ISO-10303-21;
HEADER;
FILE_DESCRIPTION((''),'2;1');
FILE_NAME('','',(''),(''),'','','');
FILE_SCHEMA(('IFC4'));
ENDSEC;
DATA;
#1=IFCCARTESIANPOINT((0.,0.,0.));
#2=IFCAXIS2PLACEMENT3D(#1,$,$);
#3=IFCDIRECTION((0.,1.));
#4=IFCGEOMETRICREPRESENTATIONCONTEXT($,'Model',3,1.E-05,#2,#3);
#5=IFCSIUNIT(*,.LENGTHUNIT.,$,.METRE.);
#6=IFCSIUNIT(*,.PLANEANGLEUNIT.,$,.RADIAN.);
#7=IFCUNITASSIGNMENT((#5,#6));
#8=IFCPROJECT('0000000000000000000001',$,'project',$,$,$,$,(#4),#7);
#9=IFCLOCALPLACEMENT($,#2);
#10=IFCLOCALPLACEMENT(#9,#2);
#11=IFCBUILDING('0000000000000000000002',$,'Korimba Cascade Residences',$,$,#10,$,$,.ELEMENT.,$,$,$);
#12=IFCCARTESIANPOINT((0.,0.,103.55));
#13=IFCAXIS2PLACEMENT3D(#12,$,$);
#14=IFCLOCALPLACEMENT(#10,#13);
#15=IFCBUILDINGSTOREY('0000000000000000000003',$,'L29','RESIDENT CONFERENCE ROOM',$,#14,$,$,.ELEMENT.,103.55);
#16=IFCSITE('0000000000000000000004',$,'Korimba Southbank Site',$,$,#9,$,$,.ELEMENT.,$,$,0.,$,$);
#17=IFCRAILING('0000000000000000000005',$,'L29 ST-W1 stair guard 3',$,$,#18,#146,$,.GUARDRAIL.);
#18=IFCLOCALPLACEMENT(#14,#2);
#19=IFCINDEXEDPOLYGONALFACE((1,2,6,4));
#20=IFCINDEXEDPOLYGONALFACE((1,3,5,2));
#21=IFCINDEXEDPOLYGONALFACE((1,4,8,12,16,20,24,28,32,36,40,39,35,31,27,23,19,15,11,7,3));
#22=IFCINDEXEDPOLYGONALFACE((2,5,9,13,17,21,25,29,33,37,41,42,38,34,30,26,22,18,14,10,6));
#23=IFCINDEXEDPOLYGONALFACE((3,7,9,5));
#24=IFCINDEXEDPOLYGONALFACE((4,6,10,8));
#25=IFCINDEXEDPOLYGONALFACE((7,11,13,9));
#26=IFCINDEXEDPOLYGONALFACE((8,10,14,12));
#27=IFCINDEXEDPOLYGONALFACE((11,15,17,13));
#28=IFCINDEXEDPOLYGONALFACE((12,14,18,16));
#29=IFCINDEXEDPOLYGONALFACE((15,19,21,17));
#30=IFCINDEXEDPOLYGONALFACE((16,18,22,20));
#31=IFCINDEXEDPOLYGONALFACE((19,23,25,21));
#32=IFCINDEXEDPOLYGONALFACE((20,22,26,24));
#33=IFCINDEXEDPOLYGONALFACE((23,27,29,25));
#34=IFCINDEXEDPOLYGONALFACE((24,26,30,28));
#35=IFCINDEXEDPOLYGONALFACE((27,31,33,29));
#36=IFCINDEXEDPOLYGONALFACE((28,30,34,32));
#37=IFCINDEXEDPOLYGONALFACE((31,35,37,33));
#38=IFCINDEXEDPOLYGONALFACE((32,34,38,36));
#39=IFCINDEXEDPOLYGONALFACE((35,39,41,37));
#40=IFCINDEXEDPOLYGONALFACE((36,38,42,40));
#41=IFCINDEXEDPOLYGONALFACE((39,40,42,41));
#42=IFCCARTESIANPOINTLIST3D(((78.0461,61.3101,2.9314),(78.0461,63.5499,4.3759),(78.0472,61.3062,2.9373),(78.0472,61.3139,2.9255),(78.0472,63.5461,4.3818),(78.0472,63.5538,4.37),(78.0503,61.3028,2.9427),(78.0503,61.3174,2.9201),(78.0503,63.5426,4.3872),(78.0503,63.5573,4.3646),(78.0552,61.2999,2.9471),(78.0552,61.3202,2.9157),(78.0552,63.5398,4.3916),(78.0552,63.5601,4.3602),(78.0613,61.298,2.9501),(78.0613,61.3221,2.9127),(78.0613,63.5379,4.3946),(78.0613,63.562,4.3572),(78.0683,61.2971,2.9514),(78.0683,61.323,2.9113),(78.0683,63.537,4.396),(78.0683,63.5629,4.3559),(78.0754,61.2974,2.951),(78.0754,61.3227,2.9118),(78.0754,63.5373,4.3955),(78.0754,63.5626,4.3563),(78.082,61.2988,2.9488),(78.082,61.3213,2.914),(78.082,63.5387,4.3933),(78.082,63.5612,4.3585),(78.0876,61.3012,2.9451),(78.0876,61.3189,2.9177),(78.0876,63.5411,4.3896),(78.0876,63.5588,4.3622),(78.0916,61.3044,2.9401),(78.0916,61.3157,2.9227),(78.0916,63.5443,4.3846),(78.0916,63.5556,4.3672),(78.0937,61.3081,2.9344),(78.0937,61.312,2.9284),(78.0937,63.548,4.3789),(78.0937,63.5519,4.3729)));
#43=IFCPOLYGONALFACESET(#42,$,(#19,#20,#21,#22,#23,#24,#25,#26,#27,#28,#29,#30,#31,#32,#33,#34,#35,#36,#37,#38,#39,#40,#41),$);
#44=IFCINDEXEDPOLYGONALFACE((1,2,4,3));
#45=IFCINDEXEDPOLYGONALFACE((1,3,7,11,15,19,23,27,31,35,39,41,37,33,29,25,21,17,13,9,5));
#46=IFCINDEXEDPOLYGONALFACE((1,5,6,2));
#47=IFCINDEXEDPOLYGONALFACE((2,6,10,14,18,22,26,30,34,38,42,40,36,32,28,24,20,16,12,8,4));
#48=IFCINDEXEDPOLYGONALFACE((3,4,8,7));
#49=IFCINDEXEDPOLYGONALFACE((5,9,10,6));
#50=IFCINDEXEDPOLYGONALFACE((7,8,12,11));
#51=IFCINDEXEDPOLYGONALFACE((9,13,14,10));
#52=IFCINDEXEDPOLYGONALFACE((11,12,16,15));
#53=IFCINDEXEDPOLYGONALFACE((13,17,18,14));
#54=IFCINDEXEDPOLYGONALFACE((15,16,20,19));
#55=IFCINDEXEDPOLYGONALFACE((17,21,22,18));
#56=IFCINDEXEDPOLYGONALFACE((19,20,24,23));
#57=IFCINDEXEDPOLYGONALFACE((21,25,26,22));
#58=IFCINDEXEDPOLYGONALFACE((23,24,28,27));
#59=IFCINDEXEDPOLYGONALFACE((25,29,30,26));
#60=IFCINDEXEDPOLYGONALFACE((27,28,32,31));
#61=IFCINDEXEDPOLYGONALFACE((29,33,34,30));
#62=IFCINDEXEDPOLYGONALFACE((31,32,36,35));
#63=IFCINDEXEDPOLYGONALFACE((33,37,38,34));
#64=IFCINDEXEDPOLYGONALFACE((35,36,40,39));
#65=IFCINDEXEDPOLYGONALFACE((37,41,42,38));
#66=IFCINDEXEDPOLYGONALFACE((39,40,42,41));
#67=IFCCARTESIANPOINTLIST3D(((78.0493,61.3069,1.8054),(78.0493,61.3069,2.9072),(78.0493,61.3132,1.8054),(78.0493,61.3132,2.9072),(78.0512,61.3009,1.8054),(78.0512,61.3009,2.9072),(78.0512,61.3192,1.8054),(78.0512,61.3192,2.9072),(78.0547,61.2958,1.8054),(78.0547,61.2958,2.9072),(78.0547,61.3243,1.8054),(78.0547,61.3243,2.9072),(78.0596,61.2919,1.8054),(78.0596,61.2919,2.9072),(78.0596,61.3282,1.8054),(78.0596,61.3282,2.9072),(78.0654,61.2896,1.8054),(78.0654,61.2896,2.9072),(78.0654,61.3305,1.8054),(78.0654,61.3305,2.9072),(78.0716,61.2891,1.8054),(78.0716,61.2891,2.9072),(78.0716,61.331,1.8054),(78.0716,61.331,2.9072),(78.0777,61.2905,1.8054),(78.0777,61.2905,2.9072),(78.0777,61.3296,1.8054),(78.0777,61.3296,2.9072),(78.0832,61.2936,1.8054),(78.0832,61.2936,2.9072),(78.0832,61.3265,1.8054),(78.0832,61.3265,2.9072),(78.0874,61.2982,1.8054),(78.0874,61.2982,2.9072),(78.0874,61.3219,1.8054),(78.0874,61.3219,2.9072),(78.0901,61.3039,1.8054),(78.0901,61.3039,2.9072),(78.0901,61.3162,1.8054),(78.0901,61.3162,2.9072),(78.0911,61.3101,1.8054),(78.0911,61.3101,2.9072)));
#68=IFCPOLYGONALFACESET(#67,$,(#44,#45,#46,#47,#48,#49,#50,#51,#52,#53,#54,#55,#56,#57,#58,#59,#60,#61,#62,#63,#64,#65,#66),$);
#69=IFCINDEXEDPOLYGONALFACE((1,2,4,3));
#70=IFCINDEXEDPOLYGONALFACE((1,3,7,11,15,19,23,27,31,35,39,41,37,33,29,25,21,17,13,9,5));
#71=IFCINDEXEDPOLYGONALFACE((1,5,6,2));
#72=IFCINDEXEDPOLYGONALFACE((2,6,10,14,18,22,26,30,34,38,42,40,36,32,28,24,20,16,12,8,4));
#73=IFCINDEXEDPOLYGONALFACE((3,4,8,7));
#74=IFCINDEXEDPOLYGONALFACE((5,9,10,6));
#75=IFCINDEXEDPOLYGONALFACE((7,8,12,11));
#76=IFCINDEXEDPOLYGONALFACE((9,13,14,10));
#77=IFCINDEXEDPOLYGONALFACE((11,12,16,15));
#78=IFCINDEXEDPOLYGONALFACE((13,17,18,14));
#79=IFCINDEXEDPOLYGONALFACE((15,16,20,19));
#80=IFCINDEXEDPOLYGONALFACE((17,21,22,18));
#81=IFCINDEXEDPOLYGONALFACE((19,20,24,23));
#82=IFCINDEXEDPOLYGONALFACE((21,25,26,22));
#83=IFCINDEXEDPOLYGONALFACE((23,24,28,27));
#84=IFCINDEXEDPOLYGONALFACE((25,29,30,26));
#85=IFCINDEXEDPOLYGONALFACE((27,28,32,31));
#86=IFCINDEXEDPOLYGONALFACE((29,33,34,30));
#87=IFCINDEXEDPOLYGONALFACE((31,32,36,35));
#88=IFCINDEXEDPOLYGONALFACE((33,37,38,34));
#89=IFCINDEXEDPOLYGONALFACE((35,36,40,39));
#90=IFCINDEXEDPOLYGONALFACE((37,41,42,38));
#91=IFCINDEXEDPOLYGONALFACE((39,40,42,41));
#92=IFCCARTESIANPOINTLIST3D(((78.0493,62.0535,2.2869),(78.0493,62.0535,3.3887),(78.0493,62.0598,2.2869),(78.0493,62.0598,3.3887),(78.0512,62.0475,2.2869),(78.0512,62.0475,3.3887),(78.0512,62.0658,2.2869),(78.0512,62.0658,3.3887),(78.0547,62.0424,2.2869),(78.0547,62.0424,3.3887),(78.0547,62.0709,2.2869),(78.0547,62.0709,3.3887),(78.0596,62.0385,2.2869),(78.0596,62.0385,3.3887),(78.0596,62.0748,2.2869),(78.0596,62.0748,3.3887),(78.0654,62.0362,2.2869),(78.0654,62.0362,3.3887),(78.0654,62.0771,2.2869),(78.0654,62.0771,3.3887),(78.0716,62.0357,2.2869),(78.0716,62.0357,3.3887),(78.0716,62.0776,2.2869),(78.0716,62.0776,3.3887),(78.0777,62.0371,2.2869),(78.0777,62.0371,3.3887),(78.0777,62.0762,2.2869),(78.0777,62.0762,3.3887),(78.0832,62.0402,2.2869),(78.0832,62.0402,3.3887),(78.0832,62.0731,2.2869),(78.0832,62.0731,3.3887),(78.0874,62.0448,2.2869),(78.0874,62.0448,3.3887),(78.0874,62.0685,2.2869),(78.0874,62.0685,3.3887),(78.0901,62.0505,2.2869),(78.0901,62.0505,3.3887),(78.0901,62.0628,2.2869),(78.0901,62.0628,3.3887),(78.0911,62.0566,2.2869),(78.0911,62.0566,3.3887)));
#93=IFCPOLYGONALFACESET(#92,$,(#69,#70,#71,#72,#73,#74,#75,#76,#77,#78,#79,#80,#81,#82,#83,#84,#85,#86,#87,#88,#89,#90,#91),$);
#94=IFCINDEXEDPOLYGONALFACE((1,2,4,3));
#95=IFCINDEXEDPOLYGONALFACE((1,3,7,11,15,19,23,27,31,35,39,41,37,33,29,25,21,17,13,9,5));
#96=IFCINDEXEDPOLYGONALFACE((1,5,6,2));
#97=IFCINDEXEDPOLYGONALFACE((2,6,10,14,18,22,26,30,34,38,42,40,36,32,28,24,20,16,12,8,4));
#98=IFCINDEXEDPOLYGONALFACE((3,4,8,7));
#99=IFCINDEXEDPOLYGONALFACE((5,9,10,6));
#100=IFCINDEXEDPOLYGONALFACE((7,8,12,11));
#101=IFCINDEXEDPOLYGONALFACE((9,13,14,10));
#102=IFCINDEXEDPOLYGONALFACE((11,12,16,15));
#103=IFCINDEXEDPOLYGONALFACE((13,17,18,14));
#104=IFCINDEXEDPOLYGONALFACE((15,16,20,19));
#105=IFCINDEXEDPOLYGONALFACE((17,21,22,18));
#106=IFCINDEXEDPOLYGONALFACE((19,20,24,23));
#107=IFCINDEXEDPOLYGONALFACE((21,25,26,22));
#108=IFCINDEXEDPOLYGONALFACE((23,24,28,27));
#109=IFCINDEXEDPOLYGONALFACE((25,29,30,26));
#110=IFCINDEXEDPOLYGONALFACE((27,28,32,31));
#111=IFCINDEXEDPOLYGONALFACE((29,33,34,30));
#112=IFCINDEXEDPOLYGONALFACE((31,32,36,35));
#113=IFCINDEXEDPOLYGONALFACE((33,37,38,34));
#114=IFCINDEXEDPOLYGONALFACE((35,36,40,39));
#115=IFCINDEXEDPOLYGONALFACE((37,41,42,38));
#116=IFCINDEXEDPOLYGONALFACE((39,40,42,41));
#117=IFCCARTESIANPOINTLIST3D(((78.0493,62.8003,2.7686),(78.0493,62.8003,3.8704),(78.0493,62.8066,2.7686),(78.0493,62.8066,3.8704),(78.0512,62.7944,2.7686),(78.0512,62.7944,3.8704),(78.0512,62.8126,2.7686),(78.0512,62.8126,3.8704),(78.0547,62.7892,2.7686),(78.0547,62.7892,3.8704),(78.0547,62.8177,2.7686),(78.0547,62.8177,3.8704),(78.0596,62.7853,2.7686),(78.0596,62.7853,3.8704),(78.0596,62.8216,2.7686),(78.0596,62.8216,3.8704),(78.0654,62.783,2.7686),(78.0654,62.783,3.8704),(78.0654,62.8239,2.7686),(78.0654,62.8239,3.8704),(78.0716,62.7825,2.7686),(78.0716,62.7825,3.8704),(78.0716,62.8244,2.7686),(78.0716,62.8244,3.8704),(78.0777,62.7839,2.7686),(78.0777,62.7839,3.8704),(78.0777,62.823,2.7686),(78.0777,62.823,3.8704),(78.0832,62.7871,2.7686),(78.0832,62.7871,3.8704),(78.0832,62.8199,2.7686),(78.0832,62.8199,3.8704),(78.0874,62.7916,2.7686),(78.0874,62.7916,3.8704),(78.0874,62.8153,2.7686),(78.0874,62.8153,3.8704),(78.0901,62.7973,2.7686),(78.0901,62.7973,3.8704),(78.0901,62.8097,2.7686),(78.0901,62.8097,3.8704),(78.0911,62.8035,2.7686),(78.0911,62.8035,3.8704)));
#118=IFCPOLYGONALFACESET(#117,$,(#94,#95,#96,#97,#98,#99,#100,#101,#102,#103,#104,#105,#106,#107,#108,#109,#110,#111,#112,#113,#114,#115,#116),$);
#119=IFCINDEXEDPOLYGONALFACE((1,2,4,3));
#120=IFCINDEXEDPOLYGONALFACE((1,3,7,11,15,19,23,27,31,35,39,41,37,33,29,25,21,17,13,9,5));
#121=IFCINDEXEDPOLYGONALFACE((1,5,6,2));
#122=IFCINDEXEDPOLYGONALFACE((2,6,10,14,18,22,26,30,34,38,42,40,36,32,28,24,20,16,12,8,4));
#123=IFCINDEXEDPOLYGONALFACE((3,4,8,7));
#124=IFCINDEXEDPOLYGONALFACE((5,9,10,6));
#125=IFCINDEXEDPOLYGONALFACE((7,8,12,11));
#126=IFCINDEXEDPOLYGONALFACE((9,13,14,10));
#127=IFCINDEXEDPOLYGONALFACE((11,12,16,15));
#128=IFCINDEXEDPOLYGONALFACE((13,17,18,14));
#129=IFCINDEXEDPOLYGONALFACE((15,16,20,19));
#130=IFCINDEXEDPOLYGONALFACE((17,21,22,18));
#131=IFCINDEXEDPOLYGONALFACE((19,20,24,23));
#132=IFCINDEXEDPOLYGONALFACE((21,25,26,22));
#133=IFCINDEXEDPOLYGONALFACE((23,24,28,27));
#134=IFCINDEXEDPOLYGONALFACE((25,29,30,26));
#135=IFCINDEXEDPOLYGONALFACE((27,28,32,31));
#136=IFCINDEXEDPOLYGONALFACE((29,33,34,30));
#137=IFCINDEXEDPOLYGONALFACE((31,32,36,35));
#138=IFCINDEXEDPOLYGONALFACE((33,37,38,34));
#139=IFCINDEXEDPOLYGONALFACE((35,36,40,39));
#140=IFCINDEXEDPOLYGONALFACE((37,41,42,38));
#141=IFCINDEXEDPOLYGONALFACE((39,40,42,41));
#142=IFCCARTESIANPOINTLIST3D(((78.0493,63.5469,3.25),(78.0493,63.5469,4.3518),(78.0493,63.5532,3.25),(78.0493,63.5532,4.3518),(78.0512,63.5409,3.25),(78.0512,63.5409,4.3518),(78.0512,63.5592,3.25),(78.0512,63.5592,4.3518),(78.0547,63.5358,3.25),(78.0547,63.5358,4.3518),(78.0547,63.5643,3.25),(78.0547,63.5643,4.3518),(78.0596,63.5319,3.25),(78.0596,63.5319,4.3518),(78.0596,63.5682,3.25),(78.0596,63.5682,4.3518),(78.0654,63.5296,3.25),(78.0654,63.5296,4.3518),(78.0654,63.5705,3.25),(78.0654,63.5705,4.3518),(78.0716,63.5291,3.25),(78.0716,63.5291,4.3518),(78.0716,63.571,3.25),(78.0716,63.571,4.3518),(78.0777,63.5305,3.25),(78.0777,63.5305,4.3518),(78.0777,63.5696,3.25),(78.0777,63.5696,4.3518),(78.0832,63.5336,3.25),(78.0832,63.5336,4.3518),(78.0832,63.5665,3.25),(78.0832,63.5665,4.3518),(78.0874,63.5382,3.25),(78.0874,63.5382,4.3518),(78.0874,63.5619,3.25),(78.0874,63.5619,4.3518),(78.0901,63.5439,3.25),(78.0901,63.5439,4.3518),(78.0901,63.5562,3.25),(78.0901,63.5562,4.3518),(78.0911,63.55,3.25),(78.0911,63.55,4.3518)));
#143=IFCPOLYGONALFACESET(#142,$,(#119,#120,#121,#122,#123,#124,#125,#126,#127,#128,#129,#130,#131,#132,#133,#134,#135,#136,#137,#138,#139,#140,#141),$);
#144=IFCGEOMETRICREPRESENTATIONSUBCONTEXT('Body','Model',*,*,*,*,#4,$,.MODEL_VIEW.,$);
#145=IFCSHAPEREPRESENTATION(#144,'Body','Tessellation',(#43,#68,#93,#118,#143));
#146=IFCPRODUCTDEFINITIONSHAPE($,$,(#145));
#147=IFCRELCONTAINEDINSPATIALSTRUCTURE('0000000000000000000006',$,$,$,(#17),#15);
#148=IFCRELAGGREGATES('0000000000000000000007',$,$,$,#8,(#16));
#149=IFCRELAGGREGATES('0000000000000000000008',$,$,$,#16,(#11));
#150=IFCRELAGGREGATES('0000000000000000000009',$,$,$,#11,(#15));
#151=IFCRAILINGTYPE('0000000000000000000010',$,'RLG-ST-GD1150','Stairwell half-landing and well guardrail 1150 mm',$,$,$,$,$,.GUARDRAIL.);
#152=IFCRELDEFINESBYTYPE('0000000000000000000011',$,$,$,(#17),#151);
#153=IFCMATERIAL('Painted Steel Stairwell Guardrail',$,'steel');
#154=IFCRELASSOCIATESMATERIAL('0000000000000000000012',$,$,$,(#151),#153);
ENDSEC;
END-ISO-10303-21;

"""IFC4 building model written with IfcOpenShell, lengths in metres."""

from ifc_helpers import new_model, si_unit, direction, frame, origin, origin_2d, place, context, subcontext, project, spatial, circle, extrude, material, type_object, element, save


model = new_model("IFC4")

# Units and contexts
model_context = context("Model", 3, precision=1e-05, world=origin(), true_north=direction((0.0, 1.0)))
body_context = subcontext(model_context, "Body", "Model", "MODEL_VIEW")
ifc_project = project(units=[si_unit("LENGTHUNIT", "METRE"), si_unit("PLANEANGLEUNIT", "RADIAN")], contexts=[model_context])

# Site, building, storey
site_placement = place(None, origin())
site = spatial("IfcSite", under=ifc_project, at=site_placement, Name="Korimba Southbank Site", CompositionType="ELEMENT", RefElevation=0.0)
building_placement = place(site_placement, origin())
building = spatial("IfcBuilding", under=site, at=building_placement, Name="Korimba Cascade Residences", CompositionType="ELEMENT")
storey_placement = place(building_placement, frame((0.0, 0.0, 103.55)))
storey = spatial("IfcBuildingStorey", under=building, at=storey_placement, Name="L29", Description="RESIDENT CONFERENCE ROOM", CompositionType="ELEMENT", Elevation=103.55)

# Railing
ifc_material_1 = material(Name="Painted Steel Stairwell Guardrail", Category="steel")
railing_type_1 = type_object("IfcRailingType", Name="RLG-ST-GD1150", Description="Stairwell half-landing and well guardrail 1150 mm", PredefinedType="GUARDRAIL", material=ifc_material_1)
railing_1_placement = place(storey_placement, frame((78.0701, 61.3101, 1.8054)))
element("IfcRailing", 1, at=railing_1_placement, inside=storey, type_object=railing_type_1, Name="L29 ST-W1 stair guard 3", PredefinedType="GUARDRAIL", context=body_context, shape_type="SweptSolid", body=[
    extrude(circle(Radius=0.0239, at=origin_2d()), frame((0.0, 0.0, 1.126), z_axis=(0.0, 0.840395, 0.541975), x_axis=(-1.0, 0.0, 0.0)), (0.0, 0.0, 1.0), 2.6653),
    extrude(circle(Radius=0.021, at=origin_2d()), origin(), (0.0, 0.0, 1.0), 1.1018),
    extrude(circle(Radius=0.021, at=origin_2d()), frame((0.0, 0.7466, 0.4814)), (0.0, 0.0, 1.0), 1.1018),
    extrude(circle(Radius=0.021, at=origin_2d()), frame((0.0, 1.4934, 0.9631)), (0.0, 0.0, 1.0), 1.1018),
    extrude(circle(Radius=0.021, at=origin_2d()), frame((0.0, 2.24, 1.4446)), (0.0, 0.0, 1.0), 1.1018),
])

save(model, "model.ifc")
